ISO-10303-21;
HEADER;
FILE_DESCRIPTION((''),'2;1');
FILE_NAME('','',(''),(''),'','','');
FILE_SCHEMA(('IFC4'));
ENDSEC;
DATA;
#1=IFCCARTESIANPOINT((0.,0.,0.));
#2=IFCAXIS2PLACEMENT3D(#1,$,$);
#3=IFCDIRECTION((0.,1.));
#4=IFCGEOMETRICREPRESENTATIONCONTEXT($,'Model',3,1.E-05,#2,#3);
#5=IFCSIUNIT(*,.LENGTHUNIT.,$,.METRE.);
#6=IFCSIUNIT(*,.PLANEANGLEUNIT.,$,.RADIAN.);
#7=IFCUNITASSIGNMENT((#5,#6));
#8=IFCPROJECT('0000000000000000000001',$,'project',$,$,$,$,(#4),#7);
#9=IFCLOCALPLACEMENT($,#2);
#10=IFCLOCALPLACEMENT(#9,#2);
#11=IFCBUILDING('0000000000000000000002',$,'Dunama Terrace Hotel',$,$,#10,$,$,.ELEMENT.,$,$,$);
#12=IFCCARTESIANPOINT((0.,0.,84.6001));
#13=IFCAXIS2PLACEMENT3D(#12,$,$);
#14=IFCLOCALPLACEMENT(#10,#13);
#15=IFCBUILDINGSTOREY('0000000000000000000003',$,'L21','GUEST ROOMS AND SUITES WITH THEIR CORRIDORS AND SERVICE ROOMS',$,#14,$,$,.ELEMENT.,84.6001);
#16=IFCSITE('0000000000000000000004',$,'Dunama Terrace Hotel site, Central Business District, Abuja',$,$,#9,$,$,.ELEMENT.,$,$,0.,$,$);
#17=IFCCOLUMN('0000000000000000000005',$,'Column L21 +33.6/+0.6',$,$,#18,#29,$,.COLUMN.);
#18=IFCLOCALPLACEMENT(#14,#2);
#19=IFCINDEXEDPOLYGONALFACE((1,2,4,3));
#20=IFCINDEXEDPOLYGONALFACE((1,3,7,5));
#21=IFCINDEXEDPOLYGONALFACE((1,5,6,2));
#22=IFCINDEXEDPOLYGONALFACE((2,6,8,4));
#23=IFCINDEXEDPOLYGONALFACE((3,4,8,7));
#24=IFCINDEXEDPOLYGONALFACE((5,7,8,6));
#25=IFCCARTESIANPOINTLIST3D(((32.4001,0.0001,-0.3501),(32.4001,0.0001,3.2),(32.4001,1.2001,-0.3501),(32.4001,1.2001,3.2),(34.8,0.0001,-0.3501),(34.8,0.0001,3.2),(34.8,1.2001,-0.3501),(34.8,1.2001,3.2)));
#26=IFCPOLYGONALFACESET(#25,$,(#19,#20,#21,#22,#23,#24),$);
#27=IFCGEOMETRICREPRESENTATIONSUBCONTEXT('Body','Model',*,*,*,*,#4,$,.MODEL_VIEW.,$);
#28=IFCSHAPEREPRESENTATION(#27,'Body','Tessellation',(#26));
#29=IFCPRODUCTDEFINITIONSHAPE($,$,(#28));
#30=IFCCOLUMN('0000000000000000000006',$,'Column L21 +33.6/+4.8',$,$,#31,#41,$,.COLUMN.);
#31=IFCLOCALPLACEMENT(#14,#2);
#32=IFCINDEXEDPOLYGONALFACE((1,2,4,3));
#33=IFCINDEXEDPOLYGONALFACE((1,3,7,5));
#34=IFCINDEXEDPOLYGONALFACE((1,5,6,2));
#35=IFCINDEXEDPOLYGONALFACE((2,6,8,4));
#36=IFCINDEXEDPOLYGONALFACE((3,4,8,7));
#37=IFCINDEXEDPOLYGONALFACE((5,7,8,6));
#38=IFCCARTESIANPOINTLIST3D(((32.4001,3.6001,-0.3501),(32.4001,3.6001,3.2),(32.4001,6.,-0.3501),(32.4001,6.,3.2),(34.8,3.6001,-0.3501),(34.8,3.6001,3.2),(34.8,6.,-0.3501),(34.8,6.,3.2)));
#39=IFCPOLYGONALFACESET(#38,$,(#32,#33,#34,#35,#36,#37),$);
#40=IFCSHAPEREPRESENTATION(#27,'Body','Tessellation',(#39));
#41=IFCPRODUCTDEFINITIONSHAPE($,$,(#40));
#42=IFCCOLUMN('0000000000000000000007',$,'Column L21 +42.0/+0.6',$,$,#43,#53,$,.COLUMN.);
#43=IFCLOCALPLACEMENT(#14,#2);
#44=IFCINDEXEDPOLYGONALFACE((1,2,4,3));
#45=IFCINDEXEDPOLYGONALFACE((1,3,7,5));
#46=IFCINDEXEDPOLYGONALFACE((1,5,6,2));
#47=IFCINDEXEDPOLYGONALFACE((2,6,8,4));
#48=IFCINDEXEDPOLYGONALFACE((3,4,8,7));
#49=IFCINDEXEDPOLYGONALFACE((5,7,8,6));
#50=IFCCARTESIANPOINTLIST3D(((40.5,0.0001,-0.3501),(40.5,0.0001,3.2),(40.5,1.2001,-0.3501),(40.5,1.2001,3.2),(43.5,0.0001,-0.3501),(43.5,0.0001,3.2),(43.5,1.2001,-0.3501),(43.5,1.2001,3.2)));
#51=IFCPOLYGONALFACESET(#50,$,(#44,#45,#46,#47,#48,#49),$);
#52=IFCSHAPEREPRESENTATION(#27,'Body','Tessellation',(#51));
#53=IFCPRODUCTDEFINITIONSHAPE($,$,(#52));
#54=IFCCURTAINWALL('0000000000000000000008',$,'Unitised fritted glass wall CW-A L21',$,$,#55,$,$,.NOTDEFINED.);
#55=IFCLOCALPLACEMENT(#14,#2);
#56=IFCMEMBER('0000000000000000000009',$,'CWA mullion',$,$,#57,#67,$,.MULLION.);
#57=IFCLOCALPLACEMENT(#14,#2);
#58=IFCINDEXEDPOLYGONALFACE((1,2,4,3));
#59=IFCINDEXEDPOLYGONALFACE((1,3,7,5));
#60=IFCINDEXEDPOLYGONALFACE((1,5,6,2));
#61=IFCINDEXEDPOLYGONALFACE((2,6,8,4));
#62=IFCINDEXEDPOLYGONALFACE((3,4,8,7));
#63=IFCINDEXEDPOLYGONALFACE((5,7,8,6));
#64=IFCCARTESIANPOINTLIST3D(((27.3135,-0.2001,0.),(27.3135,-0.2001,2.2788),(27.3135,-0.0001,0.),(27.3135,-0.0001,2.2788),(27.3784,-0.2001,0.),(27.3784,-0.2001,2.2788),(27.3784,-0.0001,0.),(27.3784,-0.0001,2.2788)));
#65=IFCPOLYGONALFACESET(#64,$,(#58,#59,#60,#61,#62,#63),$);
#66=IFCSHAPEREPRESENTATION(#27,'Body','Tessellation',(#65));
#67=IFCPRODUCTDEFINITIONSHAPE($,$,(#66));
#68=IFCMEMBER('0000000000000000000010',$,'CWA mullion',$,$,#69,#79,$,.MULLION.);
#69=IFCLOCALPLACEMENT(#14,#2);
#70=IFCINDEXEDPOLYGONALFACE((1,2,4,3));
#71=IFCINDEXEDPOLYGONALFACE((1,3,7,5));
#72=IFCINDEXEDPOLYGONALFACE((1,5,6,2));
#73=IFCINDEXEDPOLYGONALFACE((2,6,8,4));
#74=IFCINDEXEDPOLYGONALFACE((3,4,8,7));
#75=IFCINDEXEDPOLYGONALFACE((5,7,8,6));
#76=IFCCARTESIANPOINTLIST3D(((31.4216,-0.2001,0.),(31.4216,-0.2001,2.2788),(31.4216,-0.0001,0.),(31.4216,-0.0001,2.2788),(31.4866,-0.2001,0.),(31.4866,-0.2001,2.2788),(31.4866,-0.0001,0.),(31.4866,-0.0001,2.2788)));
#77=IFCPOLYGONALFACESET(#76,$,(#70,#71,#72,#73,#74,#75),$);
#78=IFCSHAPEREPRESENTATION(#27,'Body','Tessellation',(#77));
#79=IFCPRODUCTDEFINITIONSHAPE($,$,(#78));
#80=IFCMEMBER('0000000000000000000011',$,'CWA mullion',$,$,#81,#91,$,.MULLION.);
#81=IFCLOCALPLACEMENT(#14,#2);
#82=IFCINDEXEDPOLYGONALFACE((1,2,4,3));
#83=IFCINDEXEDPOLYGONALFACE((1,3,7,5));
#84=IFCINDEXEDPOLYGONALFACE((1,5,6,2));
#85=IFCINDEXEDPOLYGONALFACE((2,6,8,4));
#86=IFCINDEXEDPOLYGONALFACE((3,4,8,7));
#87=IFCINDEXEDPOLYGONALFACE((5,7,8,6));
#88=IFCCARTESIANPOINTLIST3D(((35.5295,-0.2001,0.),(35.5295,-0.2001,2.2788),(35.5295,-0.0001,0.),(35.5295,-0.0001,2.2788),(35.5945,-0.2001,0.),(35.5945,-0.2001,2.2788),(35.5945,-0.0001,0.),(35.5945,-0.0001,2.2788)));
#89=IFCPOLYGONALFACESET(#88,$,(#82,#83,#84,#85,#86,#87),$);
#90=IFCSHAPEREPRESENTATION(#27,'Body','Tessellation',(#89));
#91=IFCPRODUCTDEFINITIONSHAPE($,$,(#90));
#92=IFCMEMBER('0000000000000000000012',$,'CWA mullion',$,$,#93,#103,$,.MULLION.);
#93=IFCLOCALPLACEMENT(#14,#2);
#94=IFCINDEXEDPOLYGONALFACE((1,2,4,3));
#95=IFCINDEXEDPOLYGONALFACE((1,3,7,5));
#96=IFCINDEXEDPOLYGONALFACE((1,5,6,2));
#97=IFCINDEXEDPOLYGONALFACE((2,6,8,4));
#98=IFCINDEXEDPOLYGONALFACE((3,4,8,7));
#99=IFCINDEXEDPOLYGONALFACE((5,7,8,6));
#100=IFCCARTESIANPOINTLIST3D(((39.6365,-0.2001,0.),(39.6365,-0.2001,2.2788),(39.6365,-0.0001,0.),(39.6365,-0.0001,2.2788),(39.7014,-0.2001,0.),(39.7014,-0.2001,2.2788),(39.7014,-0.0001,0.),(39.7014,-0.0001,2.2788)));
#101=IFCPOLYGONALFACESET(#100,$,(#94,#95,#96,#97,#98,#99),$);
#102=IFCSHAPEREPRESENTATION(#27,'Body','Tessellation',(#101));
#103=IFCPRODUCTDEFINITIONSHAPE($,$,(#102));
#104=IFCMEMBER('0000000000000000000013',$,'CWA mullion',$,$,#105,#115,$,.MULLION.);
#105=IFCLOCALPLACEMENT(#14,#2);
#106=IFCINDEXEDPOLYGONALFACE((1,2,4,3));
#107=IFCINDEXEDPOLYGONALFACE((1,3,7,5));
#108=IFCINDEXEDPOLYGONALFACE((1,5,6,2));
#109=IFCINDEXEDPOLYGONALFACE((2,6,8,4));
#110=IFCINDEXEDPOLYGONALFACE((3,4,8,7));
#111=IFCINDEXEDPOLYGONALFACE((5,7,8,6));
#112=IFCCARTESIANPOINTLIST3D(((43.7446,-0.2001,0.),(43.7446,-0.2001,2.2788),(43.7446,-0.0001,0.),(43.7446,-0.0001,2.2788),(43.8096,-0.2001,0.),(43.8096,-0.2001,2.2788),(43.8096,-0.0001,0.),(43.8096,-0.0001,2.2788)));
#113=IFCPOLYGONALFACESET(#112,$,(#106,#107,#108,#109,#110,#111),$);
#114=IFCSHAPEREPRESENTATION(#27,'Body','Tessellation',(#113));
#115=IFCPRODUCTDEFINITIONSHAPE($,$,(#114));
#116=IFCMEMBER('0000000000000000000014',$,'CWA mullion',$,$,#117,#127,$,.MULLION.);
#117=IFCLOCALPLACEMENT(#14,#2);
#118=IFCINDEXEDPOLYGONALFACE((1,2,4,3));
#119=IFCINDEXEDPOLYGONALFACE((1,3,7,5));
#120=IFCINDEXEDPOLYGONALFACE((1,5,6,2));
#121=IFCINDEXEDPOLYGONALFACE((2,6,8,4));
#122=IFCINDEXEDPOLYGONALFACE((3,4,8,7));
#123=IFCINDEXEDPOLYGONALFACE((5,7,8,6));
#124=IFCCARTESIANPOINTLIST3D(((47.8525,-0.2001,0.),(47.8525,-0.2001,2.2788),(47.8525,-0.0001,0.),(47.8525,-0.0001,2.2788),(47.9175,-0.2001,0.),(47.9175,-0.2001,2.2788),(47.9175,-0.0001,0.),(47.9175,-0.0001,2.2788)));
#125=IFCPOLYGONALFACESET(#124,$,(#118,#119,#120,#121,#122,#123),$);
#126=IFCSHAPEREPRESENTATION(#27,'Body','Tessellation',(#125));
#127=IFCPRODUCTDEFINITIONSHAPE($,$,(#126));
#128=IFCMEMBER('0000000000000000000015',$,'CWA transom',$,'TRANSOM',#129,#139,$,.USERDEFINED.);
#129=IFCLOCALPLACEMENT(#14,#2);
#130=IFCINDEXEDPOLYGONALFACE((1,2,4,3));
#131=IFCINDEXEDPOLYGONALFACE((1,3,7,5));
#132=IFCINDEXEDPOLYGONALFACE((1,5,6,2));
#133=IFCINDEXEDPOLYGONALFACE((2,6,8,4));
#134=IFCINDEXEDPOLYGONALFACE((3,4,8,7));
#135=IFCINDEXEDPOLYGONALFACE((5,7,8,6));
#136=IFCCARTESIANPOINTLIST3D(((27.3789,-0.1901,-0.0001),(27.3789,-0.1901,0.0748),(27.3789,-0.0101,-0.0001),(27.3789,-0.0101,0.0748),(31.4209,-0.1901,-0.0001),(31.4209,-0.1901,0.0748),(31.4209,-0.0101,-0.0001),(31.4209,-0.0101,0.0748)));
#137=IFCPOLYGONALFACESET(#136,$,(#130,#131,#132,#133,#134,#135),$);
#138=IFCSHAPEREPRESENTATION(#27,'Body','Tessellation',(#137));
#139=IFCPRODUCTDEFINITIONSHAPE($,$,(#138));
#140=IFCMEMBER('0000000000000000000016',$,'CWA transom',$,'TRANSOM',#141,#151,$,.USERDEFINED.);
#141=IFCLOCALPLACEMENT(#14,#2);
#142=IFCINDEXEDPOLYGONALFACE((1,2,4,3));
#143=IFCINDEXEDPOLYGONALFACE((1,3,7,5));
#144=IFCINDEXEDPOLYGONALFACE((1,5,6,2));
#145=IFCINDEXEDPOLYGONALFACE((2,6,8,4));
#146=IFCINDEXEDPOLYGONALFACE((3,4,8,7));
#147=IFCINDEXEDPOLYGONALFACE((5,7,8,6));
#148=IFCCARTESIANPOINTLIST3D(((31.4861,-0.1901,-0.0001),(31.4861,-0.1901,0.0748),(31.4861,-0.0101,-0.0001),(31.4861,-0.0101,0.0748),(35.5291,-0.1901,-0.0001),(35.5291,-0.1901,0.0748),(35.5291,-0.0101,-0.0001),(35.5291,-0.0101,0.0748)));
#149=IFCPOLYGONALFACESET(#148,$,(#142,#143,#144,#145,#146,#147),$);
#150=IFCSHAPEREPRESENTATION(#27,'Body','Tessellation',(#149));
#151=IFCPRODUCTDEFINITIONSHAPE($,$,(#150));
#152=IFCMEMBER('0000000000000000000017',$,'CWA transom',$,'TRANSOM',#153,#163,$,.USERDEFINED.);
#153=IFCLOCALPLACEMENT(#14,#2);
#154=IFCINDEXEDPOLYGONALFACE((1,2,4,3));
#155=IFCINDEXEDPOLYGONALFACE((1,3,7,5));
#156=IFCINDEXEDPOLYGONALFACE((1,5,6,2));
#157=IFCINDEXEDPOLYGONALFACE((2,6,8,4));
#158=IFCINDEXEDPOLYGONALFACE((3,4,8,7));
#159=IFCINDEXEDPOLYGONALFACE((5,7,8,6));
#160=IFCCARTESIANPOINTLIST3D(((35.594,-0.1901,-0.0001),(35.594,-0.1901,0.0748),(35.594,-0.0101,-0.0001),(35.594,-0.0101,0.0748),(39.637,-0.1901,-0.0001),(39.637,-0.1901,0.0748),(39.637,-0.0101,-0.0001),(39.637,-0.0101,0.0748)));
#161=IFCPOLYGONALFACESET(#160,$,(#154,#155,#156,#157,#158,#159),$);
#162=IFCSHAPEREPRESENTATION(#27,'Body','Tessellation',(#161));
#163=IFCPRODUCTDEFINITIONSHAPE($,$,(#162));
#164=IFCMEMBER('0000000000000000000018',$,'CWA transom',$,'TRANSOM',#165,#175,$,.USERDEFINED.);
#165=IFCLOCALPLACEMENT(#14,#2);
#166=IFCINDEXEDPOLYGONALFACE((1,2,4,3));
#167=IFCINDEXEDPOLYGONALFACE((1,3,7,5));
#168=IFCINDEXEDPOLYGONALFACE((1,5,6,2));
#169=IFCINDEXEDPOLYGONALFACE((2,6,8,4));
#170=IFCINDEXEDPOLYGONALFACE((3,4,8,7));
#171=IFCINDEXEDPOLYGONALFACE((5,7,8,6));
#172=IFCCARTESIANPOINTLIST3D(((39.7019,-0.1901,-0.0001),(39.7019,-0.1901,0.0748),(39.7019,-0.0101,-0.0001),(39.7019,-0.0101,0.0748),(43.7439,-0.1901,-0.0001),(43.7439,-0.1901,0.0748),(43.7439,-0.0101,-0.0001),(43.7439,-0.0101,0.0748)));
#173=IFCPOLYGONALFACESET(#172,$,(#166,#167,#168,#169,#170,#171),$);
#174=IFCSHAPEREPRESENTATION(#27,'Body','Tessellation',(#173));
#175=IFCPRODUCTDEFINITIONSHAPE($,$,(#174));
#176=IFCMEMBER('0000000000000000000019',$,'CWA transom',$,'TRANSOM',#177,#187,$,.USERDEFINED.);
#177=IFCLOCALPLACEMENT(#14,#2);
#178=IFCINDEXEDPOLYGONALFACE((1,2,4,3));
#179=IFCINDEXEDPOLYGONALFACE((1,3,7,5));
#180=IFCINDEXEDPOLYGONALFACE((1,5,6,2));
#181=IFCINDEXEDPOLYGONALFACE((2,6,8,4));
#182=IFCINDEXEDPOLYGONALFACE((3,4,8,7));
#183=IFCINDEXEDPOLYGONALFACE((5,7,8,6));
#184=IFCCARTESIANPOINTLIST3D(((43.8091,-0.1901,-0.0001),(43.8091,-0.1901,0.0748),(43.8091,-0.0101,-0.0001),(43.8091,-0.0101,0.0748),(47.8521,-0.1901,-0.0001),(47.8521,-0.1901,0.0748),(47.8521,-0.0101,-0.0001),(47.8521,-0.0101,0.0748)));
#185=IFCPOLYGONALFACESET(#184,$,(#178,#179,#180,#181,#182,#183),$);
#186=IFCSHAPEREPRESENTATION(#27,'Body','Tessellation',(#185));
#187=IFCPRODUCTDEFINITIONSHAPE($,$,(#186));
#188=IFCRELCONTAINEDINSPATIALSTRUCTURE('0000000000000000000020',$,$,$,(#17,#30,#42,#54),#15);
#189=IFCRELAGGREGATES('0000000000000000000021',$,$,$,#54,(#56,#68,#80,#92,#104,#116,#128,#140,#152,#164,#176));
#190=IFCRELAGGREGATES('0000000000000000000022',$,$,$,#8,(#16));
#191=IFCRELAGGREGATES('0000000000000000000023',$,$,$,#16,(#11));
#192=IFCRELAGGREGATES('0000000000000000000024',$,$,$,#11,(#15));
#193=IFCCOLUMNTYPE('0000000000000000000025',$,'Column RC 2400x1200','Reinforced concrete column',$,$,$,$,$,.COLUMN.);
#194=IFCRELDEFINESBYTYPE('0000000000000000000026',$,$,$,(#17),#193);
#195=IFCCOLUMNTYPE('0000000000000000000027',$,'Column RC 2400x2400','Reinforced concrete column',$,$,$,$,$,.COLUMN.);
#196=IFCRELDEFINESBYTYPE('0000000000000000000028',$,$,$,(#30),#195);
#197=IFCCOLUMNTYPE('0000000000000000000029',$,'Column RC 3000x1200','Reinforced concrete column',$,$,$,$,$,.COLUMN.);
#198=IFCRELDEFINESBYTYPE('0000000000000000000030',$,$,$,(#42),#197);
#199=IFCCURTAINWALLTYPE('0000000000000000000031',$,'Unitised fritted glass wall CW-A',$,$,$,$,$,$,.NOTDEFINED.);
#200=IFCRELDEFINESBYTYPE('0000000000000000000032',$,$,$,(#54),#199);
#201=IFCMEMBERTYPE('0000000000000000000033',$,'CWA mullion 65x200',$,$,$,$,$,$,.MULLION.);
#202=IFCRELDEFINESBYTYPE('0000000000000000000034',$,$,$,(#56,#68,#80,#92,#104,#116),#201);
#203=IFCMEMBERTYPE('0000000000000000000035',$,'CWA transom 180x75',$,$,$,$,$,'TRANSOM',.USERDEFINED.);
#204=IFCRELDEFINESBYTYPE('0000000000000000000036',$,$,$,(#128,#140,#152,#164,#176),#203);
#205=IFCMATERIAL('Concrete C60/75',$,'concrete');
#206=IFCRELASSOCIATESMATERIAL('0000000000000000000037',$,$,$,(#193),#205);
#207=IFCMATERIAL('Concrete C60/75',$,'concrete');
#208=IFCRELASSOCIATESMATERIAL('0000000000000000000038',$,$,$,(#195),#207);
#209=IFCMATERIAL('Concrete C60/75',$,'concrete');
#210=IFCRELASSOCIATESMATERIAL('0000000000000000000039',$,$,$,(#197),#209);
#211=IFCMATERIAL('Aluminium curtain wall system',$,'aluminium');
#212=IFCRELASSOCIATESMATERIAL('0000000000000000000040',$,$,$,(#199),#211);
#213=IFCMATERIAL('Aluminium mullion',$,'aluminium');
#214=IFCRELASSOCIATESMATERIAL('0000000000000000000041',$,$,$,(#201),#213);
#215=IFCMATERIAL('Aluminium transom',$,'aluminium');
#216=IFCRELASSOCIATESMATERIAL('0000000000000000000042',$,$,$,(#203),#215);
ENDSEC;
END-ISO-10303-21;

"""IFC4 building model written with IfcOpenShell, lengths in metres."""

from ifc_helpers import new_model, si_unit, direction, frame, origin, origin_2d, place, context, subcontext, project, spatial, rectangle, extrude, material, material_profile, profile_set, type_object, element, aggregate, save


model = new_model("IFC4")

# Units and contexts
model_context = context("Model", 3, precision=1e-05, world=origin(), true_north=direction((0.0, 1.0)))
body_context = subcontext(model_context, "Body", "Model", "MODEL_VIEW")
ifc_project = project(units=[si_unit("LENGTHUNIT", "METRE"), si_unit("PLANEANGLEUNIT", "RADIAN")], contexts=[model_context])

# Site, building, storey
site_placement = place(None, origin())
site = spatial("IfcSite", under=ifc_project, at=site_placement, Name="Dunama Terrace Hotel site, Central Business District, Abuja", CompositionType="ELEMENT", RefElevation=0.0)
building_placement = place(site_placement, origin())
building = spatial("IfcBuilding", under=site, at=building_placement, Name="Dunama Terrace Hotel", CompositionType="ELEMENT")
storey_placement = place(building_placement, frame((0.0, 0.0, 84.6001)))
storey = spatial("IfcBuildingStorey", under=building, at=storey_placement, Name="L21", Description="GUEST ROOMS AND SUITES WITH THEIR CORRIDORS AND SERVICE ROOMS", CompositionType="ELEMENT", Elevation=84.6001)

# Columns
ifc_material_1 = material(Name="Concrete C60/75", Category="concrete")
ifc_material_profile_1 = material_profile(ifc_material_1, rectangle(XDim=2.3999, YDim=1.2, at=origin_2d()), Name="RC 2400x1200")
ifc_profile_set_1 = profile_set([ifc_material_profile_1], Name="Concrete C60/75")
column_type_1 = type_object("IfcColumnType", Name="Column RC 2400x1200", Description="Reinforced concrete column", PredefinedType="COLUMN", material=ifc_profile_set_1)
column_1_placement = place(storey_placement, frame((33.6001, 0.6001, -0.3501), z_axis=(0.0, 0.0, 1.0), x_axis=(1.0, 0.0, 0.0)))
element("IfcColumn", 1, at=column_1_placement, inside=storey, type_object=column_type_1, Name="Column L21 +33.6/+0.6", PredefinedType="COLUMN", context=body_context, shape_type="SweptSolid", body=[
    extrude(rectangle(XDim=2.3999, YDim=1.2, at=origin_2d()), origin(), (0.0, 0.0, 1.0), 3.55),
])
ifc_material_2 = material(Name="Concrete C60/75", Category="concrete")
ifc_material_profile_2 = material_profile(ifc_material_2, rectangle(XDim=2.3999, YDim=2.3999, at=origin_2d()), Name="RC 2400x2400")
ifc_profile_set_2 = profile_set([ifc_material_profile_2], Name="Concrete C60/75")
column_type_2 = type_object("IfcColumnType", Name="Column RC 2400x2400", Description="Reinforced concrete column", PredefinedType="COLUMN", material=ifc_profile_set_2)
column_2_placement = place(storey_placement, frame((33.6001, 4.8, -0.3501), z_axis=(0.0, 0.0, 1.0), x_axis=(1.0, 0.0, 0.0)))
element("IfcColumn", 2, at=column_2_placement, inside=storey, type_object=column_type_2, Name="Column L21 +33.6/+4.8", PredefinedType="COLUMN", context=body_context, shape_type="SweptSolid", body=[
    extrude(rectangle(XDim=2.3999, YDim=2.3999, at=origin_2d()), origin(), (0.0, 0.0, 1.0), 3.55),
])
ifc_material_3 = material(Name="Concrete C60/75", Category="concrete")
ifc_material_profile_3 = material_profile(ifc_material_3, rectangle(XDim=3.0, YDim=1.2, at=origin_2d()), Name="RC 3000x1200")
ifc_profile_set_3 = profile_set([ifc_material_profile_3], Name="Concrete C60/75")
column_type_3 = type_object("IfcColumnType", Name="Column RC 3000x1200", Description="Reinforced concrete column", PredefinedType="COLUMN", material=ifc_profile_set_3)
column_3_placement = place(storey_placement, frame((42.0, 0.6001, -0.3501), z_axis=(0.0, 0.0, 1.0), x_axis=(1.0, 0.0, 0.0)))
element("IfcColumn", 3, at=column_3_placement, inside=storey, type_object=column_type_3, Name="Column L21 +42.0/+0.6", PredefinedType="COLUMN", context=body_context, shape_type="SweptSolid", body=[
    extrude(rectangle(XDim=3.0, YDim=1.2, at=origin_2d()), origin(), (0.0, 0.0, 1.0), 3.55),
])

# Curtain wall, members
ifc_material_4 = material(Name="Aluminium curtain wall system", Category="aluminium")
curtain_wall_type = type_object("IfcCurtainWallType", Name="Unitised fritted glass wall CW-A", PredefinedType="NOTDEFINED", material=ifc_material_4)
curtain_wall_placement = place(storey_placement, origin())
curtain_wall = element("IfcCurtainWall", 4, at=curtain_wall_placement, inside=storey, type_object=curtain_wall_type, Name="Unitised fritted glass wall CW-A L21", PredefinedType="NOTDEFINED")
ifc_material_5 = material(Name="Aluminium mullion", Category="aluminium")
ifc_material_profile_4 = material_profile(ifc_material_5, rectangle(XDim=0.0649, YDim=0.2, at=origin_2d()), Name="CWA MULLION 65X200")
ifc_profile_set_4 = profile_set([ifc_material_profile_4], Name="Aluminium mullion")
member_type_1 = type_object("IfcMemberType", Name="CWA mullion 65x200", PredefinedType="MULLION", material=ifc_profile_set_4)
member_1_placement = place(storey_placement, frame((27.3459, -0.1001, 0.0), z_axis=(0.0, 0.0, 1.0), x_axis=(1.0, 0.0, 0.0)))
member_1 = element("IfcMember", 5, at=member_1_placement, type_object=member_type_1, Name="CWA mullion", PredefinedType="MULLION", context=body_context, shape_type="SweptSolid", body=[
    extrude(rectangle(XDim=0.0649, YDim=0.2, at=origin_2d()), origin(), (0.0, 0.0, 1.0), 2.2788),
])
member_2_placement = place(storey_placement, frame((31.4541, -0.1001, 0.0), z_axis=(0.0, 0.0, 1.0), x_axis=(1.0, 0.0, 0.0)))
member_2 = element("IfcMember", 6, at=member_2_placement, type_object=member_type_1, Name="CWA mullion", PredefinedType="MULLION", context=body_context, shape_type="SweptSolid", body=[
    extrude(rectangle(XDim=0.0649, YDim=0.2, at=origin_2d()), origin(), (0.0, 0.0, 1.0), 2.2788),
])
member_3_placement = place(storey_placement, frame((35.562, -0.1001, 0.0), z_axis=(0.0, 0.0, 1.0), x_axis=(1.0, 0.0, 0.0)))
member_3 = element("IfcMember", 7, at=member_3_placement, type_object=member_type_1, Name="CWA mullion", PredefinedType="MULLION", context=body_context, shape_type="SweptSolid", body=[
    extrude(rectangle(XDim=0.0649, YDim=0.2, at=origin_2d()), origin(), (0.0, 0.0, 1.0), 2.2788),
])
member_4_placement = place(storey_placement, frame((39.6689, -0.1001, 0.0), z_axis=(0.0, 0.0, 1.0), x_axis=(1.0, 0.0, 0.0)))
member_4 = element("IfcMember", 8, at=member_4_placement, type_object=member_type_1, Name="CWA mullion", PredefinedType="MULLION", context=body_context, shape_type="SweptSolid", body=[
    extrude(rectangle(XDim=0.0649, YDim=0.2, at=origin_2d()), origin(), (0.0, 0.0, 1.0), 2.2788),
])
member_5_placement = place(storey_placement, frame((43.7771, -0.1001, 0.0), z_axis=(0.0, 0.0, 1.0), x_axis=(1.0, 0.0, 0.0)))
member_5 = element("IfcMember", 9, at=member_5_placement, type_object=member_type_1, Name="CWA mullion", PredefinedType="MULLION", context=body_context, shape_type="SweptSolid", body=[
    extrude(rectangle(XDim=0.0649, YDim=0.2, at=origin_2d()), origin(), (0.0, 0.0, 1.0), 2.2788),
])
member_6_placement = place(storey_placement, frame((47.885, -0.1001, 0.0), z_axis=(0.0, 0.0, 1.0), x_axis=(1.0, 0.0, 0.0)))
member_6 = element("IfcMember", 10, at=member_6_placement, type_object=member_type_1, Name="CWA mullion", PredefinedType="MULLION", context=body_context, shape_type="SweptSolid", body=[
    extrude(rectangle(XDim=0.0649, YDim=0.2, at=origin_2d()), origin(), (0.0, 0.0, 1.0), 2.2788),
])
ifc_material_6 = material(Name="Aluminium transom", Category="aluminium")
ifc_material_profile_5 = material_profile(ifc_material_6, rectangle(XDim=0.1799, YDim=0.075, at=origin_2d()), Name="CWA TRANSOM 180X75")
ifc_profile_set_5 = profile_set([ifc_material_profile_5], Name="Aluminium transom")
member_type_2 = type_object("IfcMemberType", Name="CWA transom 180x75", ElementType="TRANSOM", PredefinedType="USERDEFINED", material=ifc_profile_set_5)
member_7_placement = place(storey_placement, frame((27.3789, -0.1001, 0.0374), z_axis=(1.0, 0.0, 0.0), x_axis=(0.0, 1.0, 0.0)))
member_7 = element("IfcMember", 11, at=member_7_placement, type_object=member_type_2, Name="CWA transom", ObjectType="TRANSOM", PredefinedType="USERDEFINED", context=body_context, shape_type="SweptSolid", body=[
    extrude(rectangle(XDim=0.1799, YDim=0.075, at=origin_2d()), origin(), (0.0, 0.0, 1.0), 4.042),
])
member_8_placement = place(storey_placement, frame((31.4861, -0.1001, 0.0374), z_axis=(1.0, 0.0, 0.0), x_axis=(0.0, 1.0, 0.0)))
member_8 = element("IfcMember", 12, at=member_8_placement, type_object=member_type_2, Name="CWA transom", ObjectType="TRANSOM", PredefinedType="USERDEFINED", context=body_context, shape_type="SweptSolid", body=[
    extrude(rectangle(XDim=0.1799, YDim=0.075, at=origin_2d()), origin(), (0.0, 0.0, 1.0), 4.043),
])
member_9_placement = place(storey_placement, frame((35.594, -0.1001, 0.0374), z_axis=(1.0, 0.0, 0.0), x_axis=(0.0, 1.0, 0.0)))
member_9 = element("IfcMember", 13, at=member_9_placement, type_object=member_type_2, Name="CWA transom", ObjectType="TRANSOM", PredefinedType="USERDEFINED", context=body_context, shape_type="SweptSolid", body=[
    extrude(rectangle(XDim=0.1799, YDim=0.075, at=origin_2d()), origin(), (0.0, 0.0, 1.0), 4.043),
])
member_10_placement = place(storey_placement, frame((39.7019, -0.1001, 0.0374), z_axis=(1.0, 0.0, 0.0), x_axis=(0.0, 1.0, 0.0)))
member_10 = element("IfcMember", 14, at=member_10_placement, type_object=member_type_2, Name="CWA transom", ObjectType="TRANSOM", PredefinedType="USERDEFINED", context=body_context, shape_type="SweptSolid", body=[
    extrude(rectangle(XDim=0.1799, YDim=0.075, at=origin_2d()), origin(), (0.0, 0.0, 1.0), 4.042),
])
member_11_placement = place(storey_placement, frame((43.8091, -0.1001, 0.0374), z_axis=(1.0, 0.0, 0.0), x_axis=(0.0, 1.0, 0.0)))
member_11 = element("IfcMember", 15, at=member_11_placement, type_object=member_type_2, Name="CWA transom", ObjectType="TRANSOM", PredefinedType="USERDEFINED", context=body_context, shape_type="SweptSolid", body=[
    extrude(rectangle(XDim=0.1799, YDim=0.075, at=origin_2d()), origin(), (0.0, 0.0, 1.0), 4.043),
])
aggregate(curtain_wall, [member_1, member_2, member_3, member_4, member_5, member_6, member_7, member_8, member_9, member_10, member_11])

save(model, "model.ifc")
